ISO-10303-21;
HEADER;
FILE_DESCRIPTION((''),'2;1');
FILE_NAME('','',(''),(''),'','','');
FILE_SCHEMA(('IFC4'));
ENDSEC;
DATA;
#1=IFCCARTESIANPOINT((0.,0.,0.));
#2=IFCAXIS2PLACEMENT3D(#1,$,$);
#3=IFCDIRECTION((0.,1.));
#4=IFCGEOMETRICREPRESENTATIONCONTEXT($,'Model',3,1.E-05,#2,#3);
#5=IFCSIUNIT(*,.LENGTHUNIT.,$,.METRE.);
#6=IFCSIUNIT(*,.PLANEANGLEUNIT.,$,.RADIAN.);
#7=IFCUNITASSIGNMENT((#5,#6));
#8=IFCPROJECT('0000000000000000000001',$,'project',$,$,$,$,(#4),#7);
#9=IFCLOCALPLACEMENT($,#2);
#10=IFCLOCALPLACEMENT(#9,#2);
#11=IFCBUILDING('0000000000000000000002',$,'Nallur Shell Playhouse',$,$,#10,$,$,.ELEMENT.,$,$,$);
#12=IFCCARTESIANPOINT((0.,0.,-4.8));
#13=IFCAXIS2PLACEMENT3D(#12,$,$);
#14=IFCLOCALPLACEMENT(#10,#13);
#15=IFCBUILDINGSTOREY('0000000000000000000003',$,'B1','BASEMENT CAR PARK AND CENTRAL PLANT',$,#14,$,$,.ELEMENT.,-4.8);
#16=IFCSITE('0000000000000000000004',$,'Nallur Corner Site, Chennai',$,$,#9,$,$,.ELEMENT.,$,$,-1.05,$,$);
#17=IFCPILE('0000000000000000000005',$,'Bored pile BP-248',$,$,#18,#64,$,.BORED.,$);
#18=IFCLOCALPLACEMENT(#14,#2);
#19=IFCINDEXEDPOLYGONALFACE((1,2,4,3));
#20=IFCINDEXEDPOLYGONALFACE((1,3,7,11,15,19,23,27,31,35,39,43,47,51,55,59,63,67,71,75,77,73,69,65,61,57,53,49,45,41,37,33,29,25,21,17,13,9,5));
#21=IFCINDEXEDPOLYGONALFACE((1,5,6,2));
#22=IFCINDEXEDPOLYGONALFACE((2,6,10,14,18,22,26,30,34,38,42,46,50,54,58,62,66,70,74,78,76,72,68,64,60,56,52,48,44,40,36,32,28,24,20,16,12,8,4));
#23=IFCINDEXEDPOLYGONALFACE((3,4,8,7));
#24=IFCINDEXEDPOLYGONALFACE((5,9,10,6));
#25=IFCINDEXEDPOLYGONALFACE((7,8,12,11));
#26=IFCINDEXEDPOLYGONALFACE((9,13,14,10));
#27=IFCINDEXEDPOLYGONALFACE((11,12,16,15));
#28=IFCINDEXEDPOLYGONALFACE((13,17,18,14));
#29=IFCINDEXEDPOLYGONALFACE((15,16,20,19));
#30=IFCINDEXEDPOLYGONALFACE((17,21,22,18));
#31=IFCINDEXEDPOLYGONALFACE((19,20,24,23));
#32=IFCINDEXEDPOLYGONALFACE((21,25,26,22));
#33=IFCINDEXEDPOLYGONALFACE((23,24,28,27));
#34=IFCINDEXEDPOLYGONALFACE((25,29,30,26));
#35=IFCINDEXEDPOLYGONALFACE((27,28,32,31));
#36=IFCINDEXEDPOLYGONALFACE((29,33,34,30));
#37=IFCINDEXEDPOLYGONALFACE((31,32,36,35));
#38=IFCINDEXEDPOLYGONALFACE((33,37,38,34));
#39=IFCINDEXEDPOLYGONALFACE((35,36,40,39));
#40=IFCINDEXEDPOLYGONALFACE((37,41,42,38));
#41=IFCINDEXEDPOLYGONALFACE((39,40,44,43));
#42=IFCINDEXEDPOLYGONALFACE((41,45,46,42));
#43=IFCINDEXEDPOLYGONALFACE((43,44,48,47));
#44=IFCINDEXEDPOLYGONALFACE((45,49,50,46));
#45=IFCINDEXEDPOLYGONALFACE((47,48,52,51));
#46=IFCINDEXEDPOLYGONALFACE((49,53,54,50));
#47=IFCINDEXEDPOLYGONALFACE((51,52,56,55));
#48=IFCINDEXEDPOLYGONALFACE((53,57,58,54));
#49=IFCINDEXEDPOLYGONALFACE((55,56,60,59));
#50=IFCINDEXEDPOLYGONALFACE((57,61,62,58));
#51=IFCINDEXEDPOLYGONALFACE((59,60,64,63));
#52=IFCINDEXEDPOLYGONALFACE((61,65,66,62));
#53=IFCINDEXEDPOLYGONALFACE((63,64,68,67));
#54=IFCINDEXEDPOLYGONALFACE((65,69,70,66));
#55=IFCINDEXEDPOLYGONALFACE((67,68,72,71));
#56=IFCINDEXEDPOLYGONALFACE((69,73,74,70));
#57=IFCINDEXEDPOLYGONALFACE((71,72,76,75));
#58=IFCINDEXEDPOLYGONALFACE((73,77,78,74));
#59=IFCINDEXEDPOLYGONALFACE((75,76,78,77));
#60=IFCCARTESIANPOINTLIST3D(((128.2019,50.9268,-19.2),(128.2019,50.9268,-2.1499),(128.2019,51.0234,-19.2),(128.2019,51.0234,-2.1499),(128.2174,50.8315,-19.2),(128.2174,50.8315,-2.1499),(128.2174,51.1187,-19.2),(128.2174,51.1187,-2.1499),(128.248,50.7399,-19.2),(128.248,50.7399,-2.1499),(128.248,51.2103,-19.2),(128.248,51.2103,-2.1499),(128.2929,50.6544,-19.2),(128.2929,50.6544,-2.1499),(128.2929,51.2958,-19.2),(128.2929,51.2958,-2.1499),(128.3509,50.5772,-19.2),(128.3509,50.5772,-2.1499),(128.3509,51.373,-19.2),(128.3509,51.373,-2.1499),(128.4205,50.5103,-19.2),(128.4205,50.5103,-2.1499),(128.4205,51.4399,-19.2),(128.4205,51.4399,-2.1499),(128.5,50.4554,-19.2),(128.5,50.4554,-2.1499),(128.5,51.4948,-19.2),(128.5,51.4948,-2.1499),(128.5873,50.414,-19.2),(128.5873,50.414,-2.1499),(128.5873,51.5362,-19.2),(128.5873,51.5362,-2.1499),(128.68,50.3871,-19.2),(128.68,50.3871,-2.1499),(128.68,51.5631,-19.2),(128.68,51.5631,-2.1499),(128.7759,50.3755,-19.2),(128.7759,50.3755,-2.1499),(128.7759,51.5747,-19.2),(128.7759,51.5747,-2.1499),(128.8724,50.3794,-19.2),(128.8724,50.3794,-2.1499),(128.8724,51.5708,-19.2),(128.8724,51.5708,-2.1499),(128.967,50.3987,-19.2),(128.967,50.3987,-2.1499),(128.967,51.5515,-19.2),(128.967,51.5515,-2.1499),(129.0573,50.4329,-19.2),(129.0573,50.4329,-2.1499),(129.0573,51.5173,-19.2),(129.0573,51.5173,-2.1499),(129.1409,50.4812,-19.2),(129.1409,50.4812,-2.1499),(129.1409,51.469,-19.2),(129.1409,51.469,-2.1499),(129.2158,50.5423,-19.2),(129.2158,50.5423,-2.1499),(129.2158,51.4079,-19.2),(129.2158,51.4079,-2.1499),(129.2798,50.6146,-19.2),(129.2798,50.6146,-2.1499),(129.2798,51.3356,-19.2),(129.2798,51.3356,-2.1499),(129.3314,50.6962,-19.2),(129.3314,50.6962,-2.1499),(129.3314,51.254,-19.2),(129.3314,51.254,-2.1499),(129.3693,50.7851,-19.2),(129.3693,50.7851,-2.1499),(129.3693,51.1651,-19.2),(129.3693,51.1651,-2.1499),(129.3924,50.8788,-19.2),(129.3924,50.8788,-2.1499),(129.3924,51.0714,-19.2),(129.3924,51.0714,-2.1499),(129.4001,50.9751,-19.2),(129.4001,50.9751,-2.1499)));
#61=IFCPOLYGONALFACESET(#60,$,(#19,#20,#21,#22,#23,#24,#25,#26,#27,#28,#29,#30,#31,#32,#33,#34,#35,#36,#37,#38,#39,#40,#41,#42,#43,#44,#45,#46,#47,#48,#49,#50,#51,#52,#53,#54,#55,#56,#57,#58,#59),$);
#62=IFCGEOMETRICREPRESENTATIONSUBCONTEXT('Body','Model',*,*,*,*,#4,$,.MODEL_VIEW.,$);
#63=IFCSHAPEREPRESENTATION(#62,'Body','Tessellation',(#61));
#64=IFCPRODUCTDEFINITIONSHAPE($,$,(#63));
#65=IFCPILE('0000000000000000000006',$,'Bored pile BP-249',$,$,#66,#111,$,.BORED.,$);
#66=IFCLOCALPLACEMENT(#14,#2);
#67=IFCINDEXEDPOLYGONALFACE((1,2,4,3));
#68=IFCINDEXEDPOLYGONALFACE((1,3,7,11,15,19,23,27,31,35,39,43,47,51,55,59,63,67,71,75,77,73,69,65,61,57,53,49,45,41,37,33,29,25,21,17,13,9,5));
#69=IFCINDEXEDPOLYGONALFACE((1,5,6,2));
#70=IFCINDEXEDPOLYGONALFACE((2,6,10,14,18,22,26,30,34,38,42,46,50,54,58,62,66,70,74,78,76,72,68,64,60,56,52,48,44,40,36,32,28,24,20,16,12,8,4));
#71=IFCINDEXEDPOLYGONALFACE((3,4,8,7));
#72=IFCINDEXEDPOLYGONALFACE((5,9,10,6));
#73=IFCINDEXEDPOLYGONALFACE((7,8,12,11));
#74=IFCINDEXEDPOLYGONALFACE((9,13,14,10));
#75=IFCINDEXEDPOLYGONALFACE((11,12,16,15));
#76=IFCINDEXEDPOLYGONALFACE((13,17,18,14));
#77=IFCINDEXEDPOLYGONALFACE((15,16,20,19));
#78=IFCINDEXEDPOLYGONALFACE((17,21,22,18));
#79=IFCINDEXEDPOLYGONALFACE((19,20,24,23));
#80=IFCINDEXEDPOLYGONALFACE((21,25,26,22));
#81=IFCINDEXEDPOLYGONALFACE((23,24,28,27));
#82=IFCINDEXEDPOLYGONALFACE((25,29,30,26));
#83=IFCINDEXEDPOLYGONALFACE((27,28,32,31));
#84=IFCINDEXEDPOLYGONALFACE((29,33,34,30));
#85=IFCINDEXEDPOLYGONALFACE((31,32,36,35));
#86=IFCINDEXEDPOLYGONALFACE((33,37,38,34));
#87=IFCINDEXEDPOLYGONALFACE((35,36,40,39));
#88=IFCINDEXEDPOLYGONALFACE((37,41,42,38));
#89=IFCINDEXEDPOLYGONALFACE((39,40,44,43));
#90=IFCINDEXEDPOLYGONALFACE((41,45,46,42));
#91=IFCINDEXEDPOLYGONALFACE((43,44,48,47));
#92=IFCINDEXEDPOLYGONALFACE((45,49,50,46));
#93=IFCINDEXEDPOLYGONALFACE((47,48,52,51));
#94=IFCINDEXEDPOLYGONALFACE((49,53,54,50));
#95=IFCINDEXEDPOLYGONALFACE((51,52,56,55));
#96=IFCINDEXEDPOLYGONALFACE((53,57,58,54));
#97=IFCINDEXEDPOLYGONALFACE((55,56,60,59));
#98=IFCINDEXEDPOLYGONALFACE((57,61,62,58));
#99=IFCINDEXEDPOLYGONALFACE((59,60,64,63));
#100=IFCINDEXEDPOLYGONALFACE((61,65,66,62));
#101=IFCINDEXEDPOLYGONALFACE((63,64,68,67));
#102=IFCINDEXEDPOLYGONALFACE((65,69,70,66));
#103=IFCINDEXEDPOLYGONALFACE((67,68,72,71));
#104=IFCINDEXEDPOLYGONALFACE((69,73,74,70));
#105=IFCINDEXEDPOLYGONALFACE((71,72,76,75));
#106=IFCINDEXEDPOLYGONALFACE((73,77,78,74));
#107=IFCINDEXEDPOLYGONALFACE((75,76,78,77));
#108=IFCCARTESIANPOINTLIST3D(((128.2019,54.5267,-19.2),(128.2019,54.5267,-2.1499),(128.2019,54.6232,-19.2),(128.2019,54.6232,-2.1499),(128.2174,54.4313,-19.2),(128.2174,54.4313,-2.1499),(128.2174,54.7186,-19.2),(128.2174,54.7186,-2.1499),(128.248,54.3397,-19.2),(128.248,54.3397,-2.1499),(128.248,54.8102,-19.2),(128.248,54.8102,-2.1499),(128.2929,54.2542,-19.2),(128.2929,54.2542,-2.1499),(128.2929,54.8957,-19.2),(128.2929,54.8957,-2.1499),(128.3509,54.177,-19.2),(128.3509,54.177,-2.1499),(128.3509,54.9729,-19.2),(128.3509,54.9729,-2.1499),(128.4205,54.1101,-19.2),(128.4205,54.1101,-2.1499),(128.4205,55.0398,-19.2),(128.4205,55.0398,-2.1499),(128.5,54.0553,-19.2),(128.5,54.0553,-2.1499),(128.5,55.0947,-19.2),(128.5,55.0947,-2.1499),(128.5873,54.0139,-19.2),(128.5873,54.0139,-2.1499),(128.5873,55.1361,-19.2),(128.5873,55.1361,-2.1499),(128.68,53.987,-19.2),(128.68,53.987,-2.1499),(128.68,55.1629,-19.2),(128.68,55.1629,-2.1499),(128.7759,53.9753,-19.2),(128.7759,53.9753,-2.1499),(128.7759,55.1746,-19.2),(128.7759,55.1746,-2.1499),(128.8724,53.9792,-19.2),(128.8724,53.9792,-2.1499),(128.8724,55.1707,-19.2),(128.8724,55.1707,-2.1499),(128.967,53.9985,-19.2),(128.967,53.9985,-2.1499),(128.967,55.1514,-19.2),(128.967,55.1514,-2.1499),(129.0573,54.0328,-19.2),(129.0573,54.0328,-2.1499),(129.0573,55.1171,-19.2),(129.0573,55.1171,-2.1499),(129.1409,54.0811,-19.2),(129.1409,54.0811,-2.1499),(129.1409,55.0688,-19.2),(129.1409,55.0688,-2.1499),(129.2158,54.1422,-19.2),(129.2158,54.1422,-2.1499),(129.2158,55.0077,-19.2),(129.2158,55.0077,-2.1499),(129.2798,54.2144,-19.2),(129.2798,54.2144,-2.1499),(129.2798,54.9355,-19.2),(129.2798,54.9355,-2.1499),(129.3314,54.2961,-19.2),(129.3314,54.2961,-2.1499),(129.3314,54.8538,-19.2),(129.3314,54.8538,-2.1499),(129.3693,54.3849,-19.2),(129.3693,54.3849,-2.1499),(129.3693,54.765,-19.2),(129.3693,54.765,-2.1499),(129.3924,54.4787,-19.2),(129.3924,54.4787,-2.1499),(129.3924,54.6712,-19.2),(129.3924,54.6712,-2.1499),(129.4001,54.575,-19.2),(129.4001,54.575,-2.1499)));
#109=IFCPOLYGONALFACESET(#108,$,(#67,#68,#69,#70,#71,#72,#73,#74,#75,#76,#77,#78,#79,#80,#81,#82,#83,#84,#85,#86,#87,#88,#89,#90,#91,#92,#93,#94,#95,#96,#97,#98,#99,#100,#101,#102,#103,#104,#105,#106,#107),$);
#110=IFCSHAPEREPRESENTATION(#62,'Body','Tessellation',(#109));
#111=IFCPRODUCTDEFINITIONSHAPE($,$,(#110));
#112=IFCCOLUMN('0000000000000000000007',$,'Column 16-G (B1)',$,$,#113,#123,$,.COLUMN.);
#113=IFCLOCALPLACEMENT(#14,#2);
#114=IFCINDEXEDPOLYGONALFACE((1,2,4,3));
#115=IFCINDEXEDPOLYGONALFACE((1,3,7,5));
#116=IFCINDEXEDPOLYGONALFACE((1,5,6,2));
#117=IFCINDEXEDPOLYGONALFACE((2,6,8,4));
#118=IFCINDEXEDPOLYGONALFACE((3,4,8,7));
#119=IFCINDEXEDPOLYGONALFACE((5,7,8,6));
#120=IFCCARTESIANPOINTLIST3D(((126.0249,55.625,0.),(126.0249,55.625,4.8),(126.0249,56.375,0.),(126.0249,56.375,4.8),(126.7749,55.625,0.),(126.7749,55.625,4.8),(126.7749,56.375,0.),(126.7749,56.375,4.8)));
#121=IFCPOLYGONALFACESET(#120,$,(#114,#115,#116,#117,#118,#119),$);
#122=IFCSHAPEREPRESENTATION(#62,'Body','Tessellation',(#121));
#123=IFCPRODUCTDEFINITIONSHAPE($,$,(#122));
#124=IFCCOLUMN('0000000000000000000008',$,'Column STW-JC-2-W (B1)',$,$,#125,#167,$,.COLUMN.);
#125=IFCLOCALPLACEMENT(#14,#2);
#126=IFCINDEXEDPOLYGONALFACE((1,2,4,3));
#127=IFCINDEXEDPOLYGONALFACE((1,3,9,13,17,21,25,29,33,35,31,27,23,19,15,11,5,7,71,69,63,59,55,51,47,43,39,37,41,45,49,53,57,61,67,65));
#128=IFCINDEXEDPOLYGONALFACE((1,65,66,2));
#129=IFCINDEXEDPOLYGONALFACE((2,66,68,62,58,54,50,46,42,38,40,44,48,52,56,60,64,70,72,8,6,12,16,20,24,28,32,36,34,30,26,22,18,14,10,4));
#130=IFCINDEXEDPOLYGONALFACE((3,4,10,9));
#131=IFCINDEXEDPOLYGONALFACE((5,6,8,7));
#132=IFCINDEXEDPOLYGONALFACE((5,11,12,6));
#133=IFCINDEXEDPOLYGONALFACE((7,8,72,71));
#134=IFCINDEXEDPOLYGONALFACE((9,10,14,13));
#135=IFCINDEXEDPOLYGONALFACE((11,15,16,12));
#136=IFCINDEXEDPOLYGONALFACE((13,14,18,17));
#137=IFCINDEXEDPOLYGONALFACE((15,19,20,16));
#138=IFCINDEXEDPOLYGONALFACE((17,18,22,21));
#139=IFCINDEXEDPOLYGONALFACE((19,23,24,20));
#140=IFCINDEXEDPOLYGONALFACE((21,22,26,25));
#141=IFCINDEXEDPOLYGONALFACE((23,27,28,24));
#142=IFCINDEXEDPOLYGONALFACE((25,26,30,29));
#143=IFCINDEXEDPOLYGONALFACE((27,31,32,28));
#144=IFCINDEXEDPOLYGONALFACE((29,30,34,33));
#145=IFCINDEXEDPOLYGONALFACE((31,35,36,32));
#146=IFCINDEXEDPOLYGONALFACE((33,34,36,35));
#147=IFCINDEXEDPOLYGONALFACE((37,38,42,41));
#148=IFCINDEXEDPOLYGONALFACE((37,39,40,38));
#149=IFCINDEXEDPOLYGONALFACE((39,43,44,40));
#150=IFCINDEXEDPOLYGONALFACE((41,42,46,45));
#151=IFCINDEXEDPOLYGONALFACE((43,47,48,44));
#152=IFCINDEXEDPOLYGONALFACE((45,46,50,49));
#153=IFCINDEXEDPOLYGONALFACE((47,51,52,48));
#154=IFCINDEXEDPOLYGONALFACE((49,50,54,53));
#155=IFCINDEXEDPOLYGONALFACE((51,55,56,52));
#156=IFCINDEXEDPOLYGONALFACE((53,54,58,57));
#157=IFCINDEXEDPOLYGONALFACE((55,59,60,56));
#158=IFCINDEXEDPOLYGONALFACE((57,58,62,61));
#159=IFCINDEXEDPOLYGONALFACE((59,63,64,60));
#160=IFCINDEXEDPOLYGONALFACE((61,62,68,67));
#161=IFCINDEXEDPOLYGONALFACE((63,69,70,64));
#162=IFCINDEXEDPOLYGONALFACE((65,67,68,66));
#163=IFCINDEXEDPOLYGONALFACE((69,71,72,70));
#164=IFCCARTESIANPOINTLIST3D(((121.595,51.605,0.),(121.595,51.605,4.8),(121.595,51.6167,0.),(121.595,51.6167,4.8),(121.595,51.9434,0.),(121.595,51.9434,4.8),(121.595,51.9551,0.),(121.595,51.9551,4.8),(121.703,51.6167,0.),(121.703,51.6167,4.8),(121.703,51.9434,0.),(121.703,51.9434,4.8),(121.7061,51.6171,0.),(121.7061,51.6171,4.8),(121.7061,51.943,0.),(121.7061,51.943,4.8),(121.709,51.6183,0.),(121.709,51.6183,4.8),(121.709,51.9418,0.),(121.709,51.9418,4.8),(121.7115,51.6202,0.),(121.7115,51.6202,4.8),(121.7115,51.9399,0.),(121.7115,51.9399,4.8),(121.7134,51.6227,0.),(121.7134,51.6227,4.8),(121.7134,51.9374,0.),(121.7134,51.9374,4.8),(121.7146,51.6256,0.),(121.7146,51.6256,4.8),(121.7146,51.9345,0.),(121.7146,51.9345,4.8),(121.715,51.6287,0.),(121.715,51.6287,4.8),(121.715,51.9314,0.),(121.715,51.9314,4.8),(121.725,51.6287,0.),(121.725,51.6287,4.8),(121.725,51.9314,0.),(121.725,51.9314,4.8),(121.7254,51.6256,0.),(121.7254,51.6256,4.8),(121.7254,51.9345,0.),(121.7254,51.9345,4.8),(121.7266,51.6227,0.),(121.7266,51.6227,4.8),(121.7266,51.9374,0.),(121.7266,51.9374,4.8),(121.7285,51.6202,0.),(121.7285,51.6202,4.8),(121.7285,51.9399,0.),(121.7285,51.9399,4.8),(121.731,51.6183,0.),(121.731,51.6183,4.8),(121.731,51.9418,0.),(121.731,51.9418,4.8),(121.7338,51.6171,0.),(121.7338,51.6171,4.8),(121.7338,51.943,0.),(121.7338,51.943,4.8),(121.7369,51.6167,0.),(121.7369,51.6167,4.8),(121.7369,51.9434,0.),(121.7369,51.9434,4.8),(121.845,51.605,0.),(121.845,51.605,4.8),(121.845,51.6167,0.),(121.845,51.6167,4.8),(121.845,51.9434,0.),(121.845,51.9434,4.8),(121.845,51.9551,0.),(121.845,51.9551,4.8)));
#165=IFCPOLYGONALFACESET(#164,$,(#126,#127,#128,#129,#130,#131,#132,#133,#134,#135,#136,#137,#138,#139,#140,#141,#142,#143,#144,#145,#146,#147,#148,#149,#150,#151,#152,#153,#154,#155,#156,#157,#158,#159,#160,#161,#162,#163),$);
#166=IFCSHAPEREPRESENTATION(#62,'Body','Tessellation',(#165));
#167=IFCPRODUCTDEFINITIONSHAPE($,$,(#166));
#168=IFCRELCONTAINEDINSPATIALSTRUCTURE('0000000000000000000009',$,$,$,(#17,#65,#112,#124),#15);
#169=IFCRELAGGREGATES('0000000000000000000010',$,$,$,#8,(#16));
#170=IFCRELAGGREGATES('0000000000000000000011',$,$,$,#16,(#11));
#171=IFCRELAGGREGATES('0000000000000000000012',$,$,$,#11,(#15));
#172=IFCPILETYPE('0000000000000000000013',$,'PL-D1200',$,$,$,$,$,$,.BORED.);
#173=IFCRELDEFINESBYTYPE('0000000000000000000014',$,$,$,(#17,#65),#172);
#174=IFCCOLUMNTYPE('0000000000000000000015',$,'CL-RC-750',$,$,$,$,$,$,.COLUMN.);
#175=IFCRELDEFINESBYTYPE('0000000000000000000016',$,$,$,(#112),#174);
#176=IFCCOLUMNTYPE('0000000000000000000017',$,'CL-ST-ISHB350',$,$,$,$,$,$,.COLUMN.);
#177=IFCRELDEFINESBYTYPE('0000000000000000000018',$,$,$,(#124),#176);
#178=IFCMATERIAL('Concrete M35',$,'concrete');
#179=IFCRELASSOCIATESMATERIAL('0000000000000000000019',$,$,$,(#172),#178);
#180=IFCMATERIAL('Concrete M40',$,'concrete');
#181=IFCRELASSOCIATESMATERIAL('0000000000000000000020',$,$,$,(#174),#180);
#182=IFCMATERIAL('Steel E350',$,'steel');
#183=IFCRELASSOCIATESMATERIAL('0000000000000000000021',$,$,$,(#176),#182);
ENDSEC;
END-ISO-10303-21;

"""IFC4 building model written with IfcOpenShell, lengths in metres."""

from ifc_helpers import new_model, si_unit, direction, frame, origin, origin_2d, place, context, subcontext, project, spatial, rectangle, circle, i_section, extrude, material, material_profile, profile_set, type_object, element, save


model = new_model("IFC4")

# Units and contexts
model_context = context("Model", 3, precision=1e-05, world=origin(), true_north=direction((0.0, 1.0)))
body_context = subcontext(model_context, "Body", "Model", "MODEL_VIEW")
ifc_project = project(units=[si_unit("LENGTHUNIT", "METRE"), si_unit("PLANEANGLEUNIT", "RADIAN")], contexts=[model_context])

# Site, building, storey
site_placement = place(None, origin())
site = spatial("IfcSite", under=ifc_project, at=site_placement, Name="Nallur Corner Site, Chennai", CompositionType="ELEMENT", RefElevation=-1.05)
building_placement = place(site_placement, origin())
building = spatial("IfcBuilding", under=site, at=building_placement, Name="Nallur Shell Playhouse", CompositionType="ELEMENT")
storey_placement = place(building_placement, frame((0.0, 0.0, -4.8)))
storey = spatial("IfcBuildingStorey", under=building, at=storey_placement, Name="B1", Description="BASEMENT CAR PARK AND CENTRAL PLANT", CompositionType="ELEMENT", Elevation=-4.8)

# Shared definitions
ifc_material_1 = material(Name="Concrete M35", Category="concrete")

# Piles
ifc_material_profile_1 = material_profile(ifc_material_1, circle(Radius=0.6001, at=origin_2d()), Name="BORED PILE D1200")
ifc_profile_set_1 = profile_set([ifc_material_profile_1], Name="Concrete M35")
pile_type = type_object("IfcPileType", Name="PL-D1200", PredefinedType="BORED", material=ifc_profile_set_1)
for number, where, z_axis, x_axis, name in (
    (1, (128.8, 50.9751, -2.1499), (0.0, 0.0, -1.0), (1.0, 0.0, 0.0), "Bored pile BP-248"),
    (2, (128.8, 54.575, -2.1499), (0.0, 0.0, -1.0), (1.0, 0.0, 0.0), "Bored pile BP-249"),
):
    element("IfcPile", number, at=place(storey_placement, frame(where, z_axis=z_axis, x_axis=x_axis)), inside=storey, type_object=pile_type, Name=name, PredefinedType="BORED", context=body_context, shape_type="SweptSolid", body=[
        extrude(circle(Radius=0.6001, at=origin_2d()), origin(), (0.0, 0.0, 1.0), 17.05),
    ])

# Columns
ifc_material_2 = material(Name="Concrete M40", Category="concrete")
ifc_material_profile_2 = material_profile(ifc_material_2, rectangle(XDim=0.75, YDim=0.75, at=origin_2d()), Name="RC 750x750")
ifc_profile_set_2 = profile_set([ifc_material_profile_2], Name="Concrete M40")
column_type_1 = type_object("IfcColumnType", Name="CL-RC-750", PredefinedType="COLUMN", material=ifc_profile_set_2)
column_placement = place(storey_placement, frame((126.3999, 56.0, 0.0), z_axis=(0.0, 0.0, 1.0), x_axis=(1.0, 0.0, 0.0)))
element("IfcColumn", 3, at=column_placement, inside=storey, type_object=column_type_1, Name="Column 16-G (B1)", PredefinedType="COLUMN", context=body_context, shape_type="SweptSolid", body=[
    extrude(rectangle(XDim=0.75, YDim=0.75, at=origin_2d()), origin(), (0.0, 0.0, 1.0), 4.8),
])
ifc_material_3 = material(Name="Steel E350", Category="steel")
ifc_material_profile_3 = material_profile(ifc_material_3, i_section(OverallWidth=0.25, OverallDepth=0.3501, WebThickness=0.01, FlangeThickness=0.0117, FilletRadius=0.012, at=origin_2d()), Name="ISHB 350")
ifc_profile_set_3 = profile_set([ifc_material_profile_3], Name="Steel E350")
column_type_2 = type_object("IfcColumnType", Name="CL-ST-ISHB350", PredefinedType="COLUMN", material=ifc_profile_set_3)
for number, where, z_axis, x_axis, name in (
    (4, (121.72, 51.78, 0.0), (0.0, 0.0, 1.0), (1.0, 0.0, 0.0), "Column STW-JC-2-W (B1)"),
):
    element("IfcColumn", number, at=place(storey_placement, frame(where, z_axis=z_axis, x_axis=x_axis)), inside=storey, type_object=column_type_2, Name=name, PredefinedType="COLUMN", context=body_context, shape_type="SweptSolid", body=[
        extrude(i_section(OverallWidth=0.25, OverallDepth=0.3501, WebThickness=0.01, FlangeThickness=0.0117, FilletRadius=0.012, at=origin_2d()), origin(), (0.0, 0.0, 1.0), 4.8),
    ])

save(model, "model.ifc")
